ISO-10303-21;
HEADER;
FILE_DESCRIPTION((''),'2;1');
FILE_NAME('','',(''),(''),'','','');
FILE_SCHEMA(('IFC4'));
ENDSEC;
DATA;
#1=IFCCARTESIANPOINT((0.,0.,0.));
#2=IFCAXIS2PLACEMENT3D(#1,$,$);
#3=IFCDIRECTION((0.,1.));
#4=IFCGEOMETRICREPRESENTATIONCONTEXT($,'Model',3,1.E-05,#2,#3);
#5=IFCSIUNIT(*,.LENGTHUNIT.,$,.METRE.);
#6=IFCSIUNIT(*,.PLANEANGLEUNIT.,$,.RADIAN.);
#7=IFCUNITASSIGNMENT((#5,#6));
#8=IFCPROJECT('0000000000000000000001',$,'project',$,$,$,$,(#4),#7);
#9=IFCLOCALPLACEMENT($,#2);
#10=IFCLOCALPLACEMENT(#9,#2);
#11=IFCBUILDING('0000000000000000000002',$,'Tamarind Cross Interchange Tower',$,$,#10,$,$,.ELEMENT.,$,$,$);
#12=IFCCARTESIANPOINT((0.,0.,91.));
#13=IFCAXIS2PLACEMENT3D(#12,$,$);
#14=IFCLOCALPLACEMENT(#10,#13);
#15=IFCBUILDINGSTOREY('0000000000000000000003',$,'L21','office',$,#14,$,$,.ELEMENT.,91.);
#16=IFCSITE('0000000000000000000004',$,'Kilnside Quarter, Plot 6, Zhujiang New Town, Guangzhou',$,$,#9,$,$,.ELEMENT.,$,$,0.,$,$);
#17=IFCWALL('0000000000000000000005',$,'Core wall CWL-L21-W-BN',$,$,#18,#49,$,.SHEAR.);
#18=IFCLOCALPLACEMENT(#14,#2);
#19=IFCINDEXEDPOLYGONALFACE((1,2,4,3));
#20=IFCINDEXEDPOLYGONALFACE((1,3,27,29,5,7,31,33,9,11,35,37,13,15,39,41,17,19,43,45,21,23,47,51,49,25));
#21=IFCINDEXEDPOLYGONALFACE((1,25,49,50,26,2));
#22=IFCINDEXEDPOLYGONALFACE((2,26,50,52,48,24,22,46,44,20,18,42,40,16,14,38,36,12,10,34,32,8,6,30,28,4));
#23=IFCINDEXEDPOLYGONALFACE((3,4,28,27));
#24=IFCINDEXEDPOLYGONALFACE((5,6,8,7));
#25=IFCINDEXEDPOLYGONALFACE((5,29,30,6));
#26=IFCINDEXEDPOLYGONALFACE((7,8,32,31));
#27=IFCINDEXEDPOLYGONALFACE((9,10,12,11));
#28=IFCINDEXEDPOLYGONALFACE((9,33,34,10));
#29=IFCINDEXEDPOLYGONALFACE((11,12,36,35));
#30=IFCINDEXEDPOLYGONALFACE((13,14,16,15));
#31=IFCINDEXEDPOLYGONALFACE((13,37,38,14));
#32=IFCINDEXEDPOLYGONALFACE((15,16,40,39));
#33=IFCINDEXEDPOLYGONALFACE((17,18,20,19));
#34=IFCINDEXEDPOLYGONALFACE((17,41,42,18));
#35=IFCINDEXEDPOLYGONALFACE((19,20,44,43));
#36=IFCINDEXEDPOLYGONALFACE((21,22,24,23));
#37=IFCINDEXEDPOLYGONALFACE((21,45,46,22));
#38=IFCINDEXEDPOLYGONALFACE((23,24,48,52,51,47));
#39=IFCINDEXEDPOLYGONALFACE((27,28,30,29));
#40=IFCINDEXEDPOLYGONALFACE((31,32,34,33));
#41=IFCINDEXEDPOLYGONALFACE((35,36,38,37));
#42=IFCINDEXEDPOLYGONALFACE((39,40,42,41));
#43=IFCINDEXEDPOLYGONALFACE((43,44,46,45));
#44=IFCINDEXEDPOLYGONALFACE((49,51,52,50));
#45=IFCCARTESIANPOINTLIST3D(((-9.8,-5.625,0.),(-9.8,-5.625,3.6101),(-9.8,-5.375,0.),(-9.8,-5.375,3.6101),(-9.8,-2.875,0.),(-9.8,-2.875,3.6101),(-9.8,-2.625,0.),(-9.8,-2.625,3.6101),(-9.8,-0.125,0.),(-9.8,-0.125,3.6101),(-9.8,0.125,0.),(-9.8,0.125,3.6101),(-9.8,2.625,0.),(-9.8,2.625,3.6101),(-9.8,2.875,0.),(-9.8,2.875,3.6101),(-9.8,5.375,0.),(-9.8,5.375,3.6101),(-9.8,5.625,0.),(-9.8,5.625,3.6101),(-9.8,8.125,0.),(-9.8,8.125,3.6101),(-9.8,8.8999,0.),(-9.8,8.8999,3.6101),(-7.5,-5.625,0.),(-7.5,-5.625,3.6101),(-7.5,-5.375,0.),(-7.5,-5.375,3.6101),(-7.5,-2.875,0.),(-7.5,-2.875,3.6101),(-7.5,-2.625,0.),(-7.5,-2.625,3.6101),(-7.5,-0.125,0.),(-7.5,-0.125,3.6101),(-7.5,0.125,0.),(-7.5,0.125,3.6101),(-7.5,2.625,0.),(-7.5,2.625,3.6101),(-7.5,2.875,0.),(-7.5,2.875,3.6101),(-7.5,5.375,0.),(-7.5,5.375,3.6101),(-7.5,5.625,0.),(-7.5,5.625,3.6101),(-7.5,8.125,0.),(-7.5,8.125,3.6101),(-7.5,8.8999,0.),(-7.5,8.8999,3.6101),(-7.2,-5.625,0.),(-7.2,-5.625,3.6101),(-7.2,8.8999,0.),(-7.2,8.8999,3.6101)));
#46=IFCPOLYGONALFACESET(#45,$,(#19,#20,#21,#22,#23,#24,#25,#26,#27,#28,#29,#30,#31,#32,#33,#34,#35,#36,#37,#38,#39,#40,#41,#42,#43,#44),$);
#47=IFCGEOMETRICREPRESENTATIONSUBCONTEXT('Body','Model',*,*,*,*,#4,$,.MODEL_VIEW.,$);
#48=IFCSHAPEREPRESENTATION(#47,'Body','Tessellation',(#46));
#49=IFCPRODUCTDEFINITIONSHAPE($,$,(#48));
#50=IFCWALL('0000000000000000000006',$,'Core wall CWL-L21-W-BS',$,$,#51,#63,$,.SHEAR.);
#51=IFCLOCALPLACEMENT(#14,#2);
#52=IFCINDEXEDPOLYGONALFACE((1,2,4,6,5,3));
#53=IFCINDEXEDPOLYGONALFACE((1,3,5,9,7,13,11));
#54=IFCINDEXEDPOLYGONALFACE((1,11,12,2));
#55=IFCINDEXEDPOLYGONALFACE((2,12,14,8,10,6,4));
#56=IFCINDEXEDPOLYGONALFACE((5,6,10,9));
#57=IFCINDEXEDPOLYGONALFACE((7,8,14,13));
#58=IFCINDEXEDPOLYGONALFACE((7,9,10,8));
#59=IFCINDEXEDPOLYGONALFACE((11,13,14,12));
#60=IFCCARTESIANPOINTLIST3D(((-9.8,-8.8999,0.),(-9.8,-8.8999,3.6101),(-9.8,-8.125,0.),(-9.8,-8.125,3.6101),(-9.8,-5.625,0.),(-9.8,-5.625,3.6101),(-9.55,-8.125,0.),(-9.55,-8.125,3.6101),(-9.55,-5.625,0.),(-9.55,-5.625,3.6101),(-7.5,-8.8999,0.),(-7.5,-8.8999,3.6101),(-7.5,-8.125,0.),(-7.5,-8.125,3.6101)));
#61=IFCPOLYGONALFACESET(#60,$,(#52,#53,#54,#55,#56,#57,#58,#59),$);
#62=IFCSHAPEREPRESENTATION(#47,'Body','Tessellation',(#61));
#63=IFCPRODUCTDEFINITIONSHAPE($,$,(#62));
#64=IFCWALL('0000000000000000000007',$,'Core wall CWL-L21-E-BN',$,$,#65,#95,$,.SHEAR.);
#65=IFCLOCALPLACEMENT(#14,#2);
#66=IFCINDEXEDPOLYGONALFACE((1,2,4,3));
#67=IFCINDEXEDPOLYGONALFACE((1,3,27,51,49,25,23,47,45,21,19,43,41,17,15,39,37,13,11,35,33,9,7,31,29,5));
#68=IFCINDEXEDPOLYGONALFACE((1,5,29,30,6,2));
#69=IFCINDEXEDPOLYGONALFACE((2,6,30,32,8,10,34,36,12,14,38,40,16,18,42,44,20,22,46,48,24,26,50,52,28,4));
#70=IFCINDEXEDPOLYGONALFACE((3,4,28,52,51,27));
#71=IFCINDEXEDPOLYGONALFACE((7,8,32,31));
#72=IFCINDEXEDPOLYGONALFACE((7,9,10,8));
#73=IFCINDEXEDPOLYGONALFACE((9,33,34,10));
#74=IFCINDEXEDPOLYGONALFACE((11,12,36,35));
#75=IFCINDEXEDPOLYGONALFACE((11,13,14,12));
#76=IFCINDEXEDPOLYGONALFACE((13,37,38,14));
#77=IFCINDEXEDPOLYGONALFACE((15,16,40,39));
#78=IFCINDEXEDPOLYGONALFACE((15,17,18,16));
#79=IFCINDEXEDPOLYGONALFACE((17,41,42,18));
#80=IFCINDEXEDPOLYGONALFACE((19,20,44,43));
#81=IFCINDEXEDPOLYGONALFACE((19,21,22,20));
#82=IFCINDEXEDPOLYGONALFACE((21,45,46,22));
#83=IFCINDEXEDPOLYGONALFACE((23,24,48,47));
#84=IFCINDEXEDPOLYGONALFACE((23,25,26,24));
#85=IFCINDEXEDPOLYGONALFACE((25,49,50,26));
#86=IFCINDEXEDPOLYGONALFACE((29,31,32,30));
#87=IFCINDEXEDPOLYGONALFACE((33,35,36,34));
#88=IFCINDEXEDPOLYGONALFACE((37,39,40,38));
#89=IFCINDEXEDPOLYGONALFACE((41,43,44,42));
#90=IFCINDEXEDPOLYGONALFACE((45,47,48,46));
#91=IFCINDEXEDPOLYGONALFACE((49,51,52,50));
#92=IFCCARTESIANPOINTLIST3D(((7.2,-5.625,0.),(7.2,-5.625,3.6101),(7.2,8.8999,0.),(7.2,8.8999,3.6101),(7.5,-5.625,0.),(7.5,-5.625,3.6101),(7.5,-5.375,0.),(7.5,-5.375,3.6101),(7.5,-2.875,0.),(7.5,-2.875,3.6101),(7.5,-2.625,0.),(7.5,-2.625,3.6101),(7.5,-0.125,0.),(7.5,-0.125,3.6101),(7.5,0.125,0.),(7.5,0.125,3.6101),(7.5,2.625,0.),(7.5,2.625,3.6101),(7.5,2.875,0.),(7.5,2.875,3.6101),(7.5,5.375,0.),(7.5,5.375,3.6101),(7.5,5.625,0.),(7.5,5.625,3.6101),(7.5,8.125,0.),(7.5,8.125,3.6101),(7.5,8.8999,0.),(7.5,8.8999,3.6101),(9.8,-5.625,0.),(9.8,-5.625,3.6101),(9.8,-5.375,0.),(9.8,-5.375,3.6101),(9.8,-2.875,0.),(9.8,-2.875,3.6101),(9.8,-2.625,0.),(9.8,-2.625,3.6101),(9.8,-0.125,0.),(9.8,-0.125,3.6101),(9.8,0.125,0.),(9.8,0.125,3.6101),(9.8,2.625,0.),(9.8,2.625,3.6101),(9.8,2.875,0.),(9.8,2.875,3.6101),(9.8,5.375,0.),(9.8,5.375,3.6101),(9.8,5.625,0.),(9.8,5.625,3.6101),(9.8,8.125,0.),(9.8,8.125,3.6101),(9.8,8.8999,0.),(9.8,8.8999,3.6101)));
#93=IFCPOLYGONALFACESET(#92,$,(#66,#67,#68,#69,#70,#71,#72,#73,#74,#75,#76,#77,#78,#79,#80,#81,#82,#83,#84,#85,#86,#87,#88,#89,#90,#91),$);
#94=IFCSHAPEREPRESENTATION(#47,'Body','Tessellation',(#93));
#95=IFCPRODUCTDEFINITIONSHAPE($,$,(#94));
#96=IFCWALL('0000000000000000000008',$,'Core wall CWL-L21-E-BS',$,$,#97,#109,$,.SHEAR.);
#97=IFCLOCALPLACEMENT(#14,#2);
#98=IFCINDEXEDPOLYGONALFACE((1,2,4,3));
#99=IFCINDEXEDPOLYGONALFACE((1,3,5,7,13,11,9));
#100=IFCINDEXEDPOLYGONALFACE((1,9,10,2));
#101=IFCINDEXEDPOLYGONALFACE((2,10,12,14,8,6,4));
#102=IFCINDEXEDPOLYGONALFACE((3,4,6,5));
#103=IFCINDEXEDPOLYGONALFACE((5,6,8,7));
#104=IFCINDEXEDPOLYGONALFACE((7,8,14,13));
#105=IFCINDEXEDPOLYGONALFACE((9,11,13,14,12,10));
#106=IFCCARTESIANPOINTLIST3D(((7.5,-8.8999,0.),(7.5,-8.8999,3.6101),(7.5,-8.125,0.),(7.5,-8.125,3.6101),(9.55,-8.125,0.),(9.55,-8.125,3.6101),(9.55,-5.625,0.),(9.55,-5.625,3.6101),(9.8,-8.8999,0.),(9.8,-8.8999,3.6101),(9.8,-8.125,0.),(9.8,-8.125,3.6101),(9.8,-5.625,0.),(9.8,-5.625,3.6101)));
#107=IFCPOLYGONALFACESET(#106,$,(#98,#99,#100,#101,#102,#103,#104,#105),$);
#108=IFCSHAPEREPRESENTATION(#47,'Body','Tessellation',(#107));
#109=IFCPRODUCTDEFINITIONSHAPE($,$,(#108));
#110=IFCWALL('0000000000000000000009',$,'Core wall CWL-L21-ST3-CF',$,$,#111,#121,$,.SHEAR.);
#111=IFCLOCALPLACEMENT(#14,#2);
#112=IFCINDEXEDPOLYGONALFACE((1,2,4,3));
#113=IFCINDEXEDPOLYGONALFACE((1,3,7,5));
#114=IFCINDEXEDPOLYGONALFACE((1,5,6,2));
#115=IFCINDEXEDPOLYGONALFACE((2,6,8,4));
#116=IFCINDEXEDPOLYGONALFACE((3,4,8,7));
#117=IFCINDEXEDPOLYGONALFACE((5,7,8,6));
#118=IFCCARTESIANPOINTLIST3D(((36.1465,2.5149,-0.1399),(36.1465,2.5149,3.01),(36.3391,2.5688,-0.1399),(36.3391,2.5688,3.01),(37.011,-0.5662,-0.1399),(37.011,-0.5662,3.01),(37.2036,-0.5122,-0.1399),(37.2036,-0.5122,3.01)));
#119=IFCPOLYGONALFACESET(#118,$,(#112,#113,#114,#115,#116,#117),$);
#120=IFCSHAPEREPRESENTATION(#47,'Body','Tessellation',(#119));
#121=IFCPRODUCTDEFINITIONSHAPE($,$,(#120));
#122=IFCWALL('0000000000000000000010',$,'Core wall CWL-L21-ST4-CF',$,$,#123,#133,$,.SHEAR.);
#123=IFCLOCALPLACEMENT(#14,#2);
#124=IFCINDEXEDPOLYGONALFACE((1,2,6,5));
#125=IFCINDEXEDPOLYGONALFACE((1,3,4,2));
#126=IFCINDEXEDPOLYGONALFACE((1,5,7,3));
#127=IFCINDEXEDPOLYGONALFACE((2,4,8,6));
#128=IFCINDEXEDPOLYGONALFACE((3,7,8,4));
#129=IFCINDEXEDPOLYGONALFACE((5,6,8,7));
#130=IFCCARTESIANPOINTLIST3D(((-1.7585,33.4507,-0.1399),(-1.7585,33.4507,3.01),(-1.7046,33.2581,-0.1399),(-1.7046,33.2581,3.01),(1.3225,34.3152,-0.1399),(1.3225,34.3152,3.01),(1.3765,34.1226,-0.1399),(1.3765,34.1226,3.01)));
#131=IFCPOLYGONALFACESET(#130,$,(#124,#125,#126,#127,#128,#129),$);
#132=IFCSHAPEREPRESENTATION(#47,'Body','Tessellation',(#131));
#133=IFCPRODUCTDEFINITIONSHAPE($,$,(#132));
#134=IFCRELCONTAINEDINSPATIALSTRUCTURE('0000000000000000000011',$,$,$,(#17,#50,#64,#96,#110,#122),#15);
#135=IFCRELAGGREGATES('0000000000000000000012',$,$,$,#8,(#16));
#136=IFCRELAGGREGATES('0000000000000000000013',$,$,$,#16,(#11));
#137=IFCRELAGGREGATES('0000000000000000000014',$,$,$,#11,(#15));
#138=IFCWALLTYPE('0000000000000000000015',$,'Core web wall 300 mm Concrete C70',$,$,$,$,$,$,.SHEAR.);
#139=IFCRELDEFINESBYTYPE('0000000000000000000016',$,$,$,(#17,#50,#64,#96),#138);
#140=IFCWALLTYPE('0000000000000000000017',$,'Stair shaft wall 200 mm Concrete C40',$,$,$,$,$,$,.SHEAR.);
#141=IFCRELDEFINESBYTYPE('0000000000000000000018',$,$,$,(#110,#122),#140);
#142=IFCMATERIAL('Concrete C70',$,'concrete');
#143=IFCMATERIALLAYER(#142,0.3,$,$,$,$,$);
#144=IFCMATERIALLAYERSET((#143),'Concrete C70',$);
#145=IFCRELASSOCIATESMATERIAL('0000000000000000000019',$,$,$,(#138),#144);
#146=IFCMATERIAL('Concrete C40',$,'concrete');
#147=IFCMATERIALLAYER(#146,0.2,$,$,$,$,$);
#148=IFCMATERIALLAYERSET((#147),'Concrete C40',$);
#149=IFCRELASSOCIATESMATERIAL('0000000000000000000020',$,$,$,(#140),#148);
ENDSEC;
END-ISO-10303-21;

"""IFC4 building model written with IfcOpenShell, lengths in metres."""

from ifc_helpers import new_model, si_unit, direction, frame, origin, place, context, subcontext, project, spatial, polyline, outline, extrude, material, layer, layer_set, type_object, element, save


model = new_model("IFC4")

# Units and contexts
model_context = context("Model", 3, precision=1e-05, world=origin(), true_north=direction((0.0, 1.0)))
body_context = subcontext(model_context, "Body", "Model", "MODEL_VIEW")
ifc_project = project(units=[si_unit("LENGTHUNIT", "METRE"), si_unit("PLANEANGLEUNIT", "RADIAN")], contexts=[model_context])

# Site, building, storey
site_placement = place(None, origin())
site = spatial("IfcSite", under=ifc_project, at=site_placement, Name="Kilnside Quarter, Plot 6, Zhujiang New Town, Guangzhou", CompositionType="ELEMENT", RefElevation=0.0)
building_placement = place(site_placement, origin())
building = spatial("IfcBuilding", under=site, at=building_placement, Name="Tamarind Cross Interchange Tower", CompositionType="ELEMENT")
storey_placement = place(building_placement, frame((0.0, 0.0, 91.0)))
storey = spatial("IfcBuildingStorey", under=building, at=storey_placement, Name="L21", Description="office", CompositionType="ELEMENT", Elevation=91.0)

# Shared definitions
ifc_material_1 = material(Name="Concrete C40", Category="concrete")

# Walls
ifc_material_2 = material(Name="Concrete C70", Category="concrete")
ifc_layer_1 = layer(ifc_material_2, 0.3)
ifc_layer_set_1 = layer_set([ifc_layer_1], Name="Concrete C70")
wall_type_1 = type_object("IfcWallType", Name="Core web wall 300 mm Concrete C70", PredefinedType="SHEAR", material=ifc_layer_set_1)
wall_1_placement = place(storey_placement, origin())
element("IfcWall", 1, at=wall_1_placement, inside=storey, type_object=wall_type_1, Name="Core wall CWL-L21-W-BN", PredefinedType="SHEAR", context=body_context, shape_type="SweptSolid", body=[
    extrude(outline(polyline([(-9.8, -5.375), (-9.8, -5.625), (-7.5, -5.625), (-7.2, -5.625), (-7.2, 8.8999), (-7.5, 8.8999), (-9.8, 8.8999), (-9.8, 8.125), (-7.5, 8.125), (-7.5, 5.625), (-9.8, 5.625), (-9.8, 5.375), (-7.5, 5.375), (-7.5, 2.875), (-9.8, 2.875), (-9.8, 2.625), (-7.5, 2.625), (-7.5, 0.125), (-9.8, 0.125), (-9.8, -0.125), (-7.5, -0.125), (-7.5, -2.625), (-9.8, -2.625), (-9.8, -2.875), (-7.5, -2.875), (-7.5, -5.375), (-9.8, -5.375)])), origin(), (0.0, 0.0, 1.0), 3.6101),
])
wall_2_placement = place(storey_placement, origin())
element("IfcWall", 2, at=wall_2_placement, inside=storey, type_object=wall_type_1, Name="Core wall CWL-L21-W-BS", PredefinedType="SHEAR", context=body_context, shape_type="SweptSolid", body=[
    extrude(outline(polyline([(-7.5, -8.125), (-9.55, -8.125), (-9.55, -5.625), (-9.8, -5.625), (-9.8, -8.125), (-9.8, -8.8999), (-7.5, -8.8999), (-7.5, -8.125)])), origin(), (0.0, 0.0, 1.0), 3.6101),
])
wall_3_placement = place(storey_placement, origin())
element("IfcWall", 3, at=wall_3_placement, inside=storey, type_object=wall_type_1, Name="Core wall CWL-L21-E-BN", PredefinedType="SHEAR", context=body_context, shape_type="SweptSolid", body=[
    extrude(outline(polyline([(9.8, -5.375), (7.5, -5.375), (7.5, -2.875), (9.8, -2.875), (9.8, -2.625), (7.5, -2.625), (7.5, -0.125), (9.8, -0.125), (9.8, 0.125), (7.5, 0.125), (7.5, 2.625), (9.8, 2.625), (9.8, 2.875), (7.5, 2.875), (7.5, 5.375), (9.8, 5.375), (9.8, 5.625), (7.5, 5.625), (7.5, 8.125), (9.8, 8.125), (9.8, 8.8999), (7.5, 8.8999), (7.2, 8.8999), (7.2, -5.625), (7.5, -5.625), (9.8, -5.625), (9.8, -5.375)])), origin(), (0.0, 0.0, 1.0), 3.6101),
])
wall_4_placement = place(storey_placement, origin())
element("IfcWall", 4, at=wall_4_placement, inside=storey, type_object=wall_type_1, Name="Core wall CWL-L21-E-BS", PredefinedType="SHEAR", context=body_context, shape_type="SweptSolid", body=[
    extrude(outline(polyline([(7.5, -8.125), (7.5, -8.8999), (9.8, -8.8999), (9.8, -8.125), (9.8, -5.625), (9.55, -5.625), (9.55, -8.125), (7.5, -8.125)])), origin(), (0.0, 0.0, 1.0), 3.6101),
])
ifc_layer_2 = layer(ifc_material_1, 0.2)
ifc_layer_set_2 = layer_set([ifc_layer_2], Name="Concrete C40")
wall_type_2 = type_object("IfcWallType", Name="Stair shaft wall 200 mm Concrete C40", PredefinedType="SHEAR", material=ifc_layer_set_2)
wall_5_placement = place(storey_placement, frame((0.0, 0.0, -0.1399)))
element("IfcWall", 5, at=wall_5_placement, inside=storey, type_object=wall_type_2, Name="Core wall CWL-L21-ST3-CF", PredefinedType="SHEAR", context=body_context, shape_type="SweptSolid", body=[
    extrude(outline(polyline([(37.011, -0.5662), (37.2036, -0.5122), (36.3391, 2.5688), (36.1465, 2.5149), (37.011, -0.5662)])), origin(), (0.0, 0.0, 1.0), 3.1499),
])
wall_6_placement = place(storey_placement, frame((0.0, 0.0, -0.1399)))
element("IfcWall", 6, at=wall_6_placement, inside=storey, type_object=wall_type_2, Name="Core wall CWL-L21-ST4-CF", PredefinedType="SHEAR", context=body_context, shape_type="SweptSolid", body=[
    extrude(outline(polyline([(1.3765, 34.1226), (1.3225, 34.3152), (-1.7585, 33.4507), (-1.7046, 33.2581), (1.3765, 34.1226)])), origin(), (0.0, 0.0, 1.0), 3.1499),
])

save(model, "model.ifc")
